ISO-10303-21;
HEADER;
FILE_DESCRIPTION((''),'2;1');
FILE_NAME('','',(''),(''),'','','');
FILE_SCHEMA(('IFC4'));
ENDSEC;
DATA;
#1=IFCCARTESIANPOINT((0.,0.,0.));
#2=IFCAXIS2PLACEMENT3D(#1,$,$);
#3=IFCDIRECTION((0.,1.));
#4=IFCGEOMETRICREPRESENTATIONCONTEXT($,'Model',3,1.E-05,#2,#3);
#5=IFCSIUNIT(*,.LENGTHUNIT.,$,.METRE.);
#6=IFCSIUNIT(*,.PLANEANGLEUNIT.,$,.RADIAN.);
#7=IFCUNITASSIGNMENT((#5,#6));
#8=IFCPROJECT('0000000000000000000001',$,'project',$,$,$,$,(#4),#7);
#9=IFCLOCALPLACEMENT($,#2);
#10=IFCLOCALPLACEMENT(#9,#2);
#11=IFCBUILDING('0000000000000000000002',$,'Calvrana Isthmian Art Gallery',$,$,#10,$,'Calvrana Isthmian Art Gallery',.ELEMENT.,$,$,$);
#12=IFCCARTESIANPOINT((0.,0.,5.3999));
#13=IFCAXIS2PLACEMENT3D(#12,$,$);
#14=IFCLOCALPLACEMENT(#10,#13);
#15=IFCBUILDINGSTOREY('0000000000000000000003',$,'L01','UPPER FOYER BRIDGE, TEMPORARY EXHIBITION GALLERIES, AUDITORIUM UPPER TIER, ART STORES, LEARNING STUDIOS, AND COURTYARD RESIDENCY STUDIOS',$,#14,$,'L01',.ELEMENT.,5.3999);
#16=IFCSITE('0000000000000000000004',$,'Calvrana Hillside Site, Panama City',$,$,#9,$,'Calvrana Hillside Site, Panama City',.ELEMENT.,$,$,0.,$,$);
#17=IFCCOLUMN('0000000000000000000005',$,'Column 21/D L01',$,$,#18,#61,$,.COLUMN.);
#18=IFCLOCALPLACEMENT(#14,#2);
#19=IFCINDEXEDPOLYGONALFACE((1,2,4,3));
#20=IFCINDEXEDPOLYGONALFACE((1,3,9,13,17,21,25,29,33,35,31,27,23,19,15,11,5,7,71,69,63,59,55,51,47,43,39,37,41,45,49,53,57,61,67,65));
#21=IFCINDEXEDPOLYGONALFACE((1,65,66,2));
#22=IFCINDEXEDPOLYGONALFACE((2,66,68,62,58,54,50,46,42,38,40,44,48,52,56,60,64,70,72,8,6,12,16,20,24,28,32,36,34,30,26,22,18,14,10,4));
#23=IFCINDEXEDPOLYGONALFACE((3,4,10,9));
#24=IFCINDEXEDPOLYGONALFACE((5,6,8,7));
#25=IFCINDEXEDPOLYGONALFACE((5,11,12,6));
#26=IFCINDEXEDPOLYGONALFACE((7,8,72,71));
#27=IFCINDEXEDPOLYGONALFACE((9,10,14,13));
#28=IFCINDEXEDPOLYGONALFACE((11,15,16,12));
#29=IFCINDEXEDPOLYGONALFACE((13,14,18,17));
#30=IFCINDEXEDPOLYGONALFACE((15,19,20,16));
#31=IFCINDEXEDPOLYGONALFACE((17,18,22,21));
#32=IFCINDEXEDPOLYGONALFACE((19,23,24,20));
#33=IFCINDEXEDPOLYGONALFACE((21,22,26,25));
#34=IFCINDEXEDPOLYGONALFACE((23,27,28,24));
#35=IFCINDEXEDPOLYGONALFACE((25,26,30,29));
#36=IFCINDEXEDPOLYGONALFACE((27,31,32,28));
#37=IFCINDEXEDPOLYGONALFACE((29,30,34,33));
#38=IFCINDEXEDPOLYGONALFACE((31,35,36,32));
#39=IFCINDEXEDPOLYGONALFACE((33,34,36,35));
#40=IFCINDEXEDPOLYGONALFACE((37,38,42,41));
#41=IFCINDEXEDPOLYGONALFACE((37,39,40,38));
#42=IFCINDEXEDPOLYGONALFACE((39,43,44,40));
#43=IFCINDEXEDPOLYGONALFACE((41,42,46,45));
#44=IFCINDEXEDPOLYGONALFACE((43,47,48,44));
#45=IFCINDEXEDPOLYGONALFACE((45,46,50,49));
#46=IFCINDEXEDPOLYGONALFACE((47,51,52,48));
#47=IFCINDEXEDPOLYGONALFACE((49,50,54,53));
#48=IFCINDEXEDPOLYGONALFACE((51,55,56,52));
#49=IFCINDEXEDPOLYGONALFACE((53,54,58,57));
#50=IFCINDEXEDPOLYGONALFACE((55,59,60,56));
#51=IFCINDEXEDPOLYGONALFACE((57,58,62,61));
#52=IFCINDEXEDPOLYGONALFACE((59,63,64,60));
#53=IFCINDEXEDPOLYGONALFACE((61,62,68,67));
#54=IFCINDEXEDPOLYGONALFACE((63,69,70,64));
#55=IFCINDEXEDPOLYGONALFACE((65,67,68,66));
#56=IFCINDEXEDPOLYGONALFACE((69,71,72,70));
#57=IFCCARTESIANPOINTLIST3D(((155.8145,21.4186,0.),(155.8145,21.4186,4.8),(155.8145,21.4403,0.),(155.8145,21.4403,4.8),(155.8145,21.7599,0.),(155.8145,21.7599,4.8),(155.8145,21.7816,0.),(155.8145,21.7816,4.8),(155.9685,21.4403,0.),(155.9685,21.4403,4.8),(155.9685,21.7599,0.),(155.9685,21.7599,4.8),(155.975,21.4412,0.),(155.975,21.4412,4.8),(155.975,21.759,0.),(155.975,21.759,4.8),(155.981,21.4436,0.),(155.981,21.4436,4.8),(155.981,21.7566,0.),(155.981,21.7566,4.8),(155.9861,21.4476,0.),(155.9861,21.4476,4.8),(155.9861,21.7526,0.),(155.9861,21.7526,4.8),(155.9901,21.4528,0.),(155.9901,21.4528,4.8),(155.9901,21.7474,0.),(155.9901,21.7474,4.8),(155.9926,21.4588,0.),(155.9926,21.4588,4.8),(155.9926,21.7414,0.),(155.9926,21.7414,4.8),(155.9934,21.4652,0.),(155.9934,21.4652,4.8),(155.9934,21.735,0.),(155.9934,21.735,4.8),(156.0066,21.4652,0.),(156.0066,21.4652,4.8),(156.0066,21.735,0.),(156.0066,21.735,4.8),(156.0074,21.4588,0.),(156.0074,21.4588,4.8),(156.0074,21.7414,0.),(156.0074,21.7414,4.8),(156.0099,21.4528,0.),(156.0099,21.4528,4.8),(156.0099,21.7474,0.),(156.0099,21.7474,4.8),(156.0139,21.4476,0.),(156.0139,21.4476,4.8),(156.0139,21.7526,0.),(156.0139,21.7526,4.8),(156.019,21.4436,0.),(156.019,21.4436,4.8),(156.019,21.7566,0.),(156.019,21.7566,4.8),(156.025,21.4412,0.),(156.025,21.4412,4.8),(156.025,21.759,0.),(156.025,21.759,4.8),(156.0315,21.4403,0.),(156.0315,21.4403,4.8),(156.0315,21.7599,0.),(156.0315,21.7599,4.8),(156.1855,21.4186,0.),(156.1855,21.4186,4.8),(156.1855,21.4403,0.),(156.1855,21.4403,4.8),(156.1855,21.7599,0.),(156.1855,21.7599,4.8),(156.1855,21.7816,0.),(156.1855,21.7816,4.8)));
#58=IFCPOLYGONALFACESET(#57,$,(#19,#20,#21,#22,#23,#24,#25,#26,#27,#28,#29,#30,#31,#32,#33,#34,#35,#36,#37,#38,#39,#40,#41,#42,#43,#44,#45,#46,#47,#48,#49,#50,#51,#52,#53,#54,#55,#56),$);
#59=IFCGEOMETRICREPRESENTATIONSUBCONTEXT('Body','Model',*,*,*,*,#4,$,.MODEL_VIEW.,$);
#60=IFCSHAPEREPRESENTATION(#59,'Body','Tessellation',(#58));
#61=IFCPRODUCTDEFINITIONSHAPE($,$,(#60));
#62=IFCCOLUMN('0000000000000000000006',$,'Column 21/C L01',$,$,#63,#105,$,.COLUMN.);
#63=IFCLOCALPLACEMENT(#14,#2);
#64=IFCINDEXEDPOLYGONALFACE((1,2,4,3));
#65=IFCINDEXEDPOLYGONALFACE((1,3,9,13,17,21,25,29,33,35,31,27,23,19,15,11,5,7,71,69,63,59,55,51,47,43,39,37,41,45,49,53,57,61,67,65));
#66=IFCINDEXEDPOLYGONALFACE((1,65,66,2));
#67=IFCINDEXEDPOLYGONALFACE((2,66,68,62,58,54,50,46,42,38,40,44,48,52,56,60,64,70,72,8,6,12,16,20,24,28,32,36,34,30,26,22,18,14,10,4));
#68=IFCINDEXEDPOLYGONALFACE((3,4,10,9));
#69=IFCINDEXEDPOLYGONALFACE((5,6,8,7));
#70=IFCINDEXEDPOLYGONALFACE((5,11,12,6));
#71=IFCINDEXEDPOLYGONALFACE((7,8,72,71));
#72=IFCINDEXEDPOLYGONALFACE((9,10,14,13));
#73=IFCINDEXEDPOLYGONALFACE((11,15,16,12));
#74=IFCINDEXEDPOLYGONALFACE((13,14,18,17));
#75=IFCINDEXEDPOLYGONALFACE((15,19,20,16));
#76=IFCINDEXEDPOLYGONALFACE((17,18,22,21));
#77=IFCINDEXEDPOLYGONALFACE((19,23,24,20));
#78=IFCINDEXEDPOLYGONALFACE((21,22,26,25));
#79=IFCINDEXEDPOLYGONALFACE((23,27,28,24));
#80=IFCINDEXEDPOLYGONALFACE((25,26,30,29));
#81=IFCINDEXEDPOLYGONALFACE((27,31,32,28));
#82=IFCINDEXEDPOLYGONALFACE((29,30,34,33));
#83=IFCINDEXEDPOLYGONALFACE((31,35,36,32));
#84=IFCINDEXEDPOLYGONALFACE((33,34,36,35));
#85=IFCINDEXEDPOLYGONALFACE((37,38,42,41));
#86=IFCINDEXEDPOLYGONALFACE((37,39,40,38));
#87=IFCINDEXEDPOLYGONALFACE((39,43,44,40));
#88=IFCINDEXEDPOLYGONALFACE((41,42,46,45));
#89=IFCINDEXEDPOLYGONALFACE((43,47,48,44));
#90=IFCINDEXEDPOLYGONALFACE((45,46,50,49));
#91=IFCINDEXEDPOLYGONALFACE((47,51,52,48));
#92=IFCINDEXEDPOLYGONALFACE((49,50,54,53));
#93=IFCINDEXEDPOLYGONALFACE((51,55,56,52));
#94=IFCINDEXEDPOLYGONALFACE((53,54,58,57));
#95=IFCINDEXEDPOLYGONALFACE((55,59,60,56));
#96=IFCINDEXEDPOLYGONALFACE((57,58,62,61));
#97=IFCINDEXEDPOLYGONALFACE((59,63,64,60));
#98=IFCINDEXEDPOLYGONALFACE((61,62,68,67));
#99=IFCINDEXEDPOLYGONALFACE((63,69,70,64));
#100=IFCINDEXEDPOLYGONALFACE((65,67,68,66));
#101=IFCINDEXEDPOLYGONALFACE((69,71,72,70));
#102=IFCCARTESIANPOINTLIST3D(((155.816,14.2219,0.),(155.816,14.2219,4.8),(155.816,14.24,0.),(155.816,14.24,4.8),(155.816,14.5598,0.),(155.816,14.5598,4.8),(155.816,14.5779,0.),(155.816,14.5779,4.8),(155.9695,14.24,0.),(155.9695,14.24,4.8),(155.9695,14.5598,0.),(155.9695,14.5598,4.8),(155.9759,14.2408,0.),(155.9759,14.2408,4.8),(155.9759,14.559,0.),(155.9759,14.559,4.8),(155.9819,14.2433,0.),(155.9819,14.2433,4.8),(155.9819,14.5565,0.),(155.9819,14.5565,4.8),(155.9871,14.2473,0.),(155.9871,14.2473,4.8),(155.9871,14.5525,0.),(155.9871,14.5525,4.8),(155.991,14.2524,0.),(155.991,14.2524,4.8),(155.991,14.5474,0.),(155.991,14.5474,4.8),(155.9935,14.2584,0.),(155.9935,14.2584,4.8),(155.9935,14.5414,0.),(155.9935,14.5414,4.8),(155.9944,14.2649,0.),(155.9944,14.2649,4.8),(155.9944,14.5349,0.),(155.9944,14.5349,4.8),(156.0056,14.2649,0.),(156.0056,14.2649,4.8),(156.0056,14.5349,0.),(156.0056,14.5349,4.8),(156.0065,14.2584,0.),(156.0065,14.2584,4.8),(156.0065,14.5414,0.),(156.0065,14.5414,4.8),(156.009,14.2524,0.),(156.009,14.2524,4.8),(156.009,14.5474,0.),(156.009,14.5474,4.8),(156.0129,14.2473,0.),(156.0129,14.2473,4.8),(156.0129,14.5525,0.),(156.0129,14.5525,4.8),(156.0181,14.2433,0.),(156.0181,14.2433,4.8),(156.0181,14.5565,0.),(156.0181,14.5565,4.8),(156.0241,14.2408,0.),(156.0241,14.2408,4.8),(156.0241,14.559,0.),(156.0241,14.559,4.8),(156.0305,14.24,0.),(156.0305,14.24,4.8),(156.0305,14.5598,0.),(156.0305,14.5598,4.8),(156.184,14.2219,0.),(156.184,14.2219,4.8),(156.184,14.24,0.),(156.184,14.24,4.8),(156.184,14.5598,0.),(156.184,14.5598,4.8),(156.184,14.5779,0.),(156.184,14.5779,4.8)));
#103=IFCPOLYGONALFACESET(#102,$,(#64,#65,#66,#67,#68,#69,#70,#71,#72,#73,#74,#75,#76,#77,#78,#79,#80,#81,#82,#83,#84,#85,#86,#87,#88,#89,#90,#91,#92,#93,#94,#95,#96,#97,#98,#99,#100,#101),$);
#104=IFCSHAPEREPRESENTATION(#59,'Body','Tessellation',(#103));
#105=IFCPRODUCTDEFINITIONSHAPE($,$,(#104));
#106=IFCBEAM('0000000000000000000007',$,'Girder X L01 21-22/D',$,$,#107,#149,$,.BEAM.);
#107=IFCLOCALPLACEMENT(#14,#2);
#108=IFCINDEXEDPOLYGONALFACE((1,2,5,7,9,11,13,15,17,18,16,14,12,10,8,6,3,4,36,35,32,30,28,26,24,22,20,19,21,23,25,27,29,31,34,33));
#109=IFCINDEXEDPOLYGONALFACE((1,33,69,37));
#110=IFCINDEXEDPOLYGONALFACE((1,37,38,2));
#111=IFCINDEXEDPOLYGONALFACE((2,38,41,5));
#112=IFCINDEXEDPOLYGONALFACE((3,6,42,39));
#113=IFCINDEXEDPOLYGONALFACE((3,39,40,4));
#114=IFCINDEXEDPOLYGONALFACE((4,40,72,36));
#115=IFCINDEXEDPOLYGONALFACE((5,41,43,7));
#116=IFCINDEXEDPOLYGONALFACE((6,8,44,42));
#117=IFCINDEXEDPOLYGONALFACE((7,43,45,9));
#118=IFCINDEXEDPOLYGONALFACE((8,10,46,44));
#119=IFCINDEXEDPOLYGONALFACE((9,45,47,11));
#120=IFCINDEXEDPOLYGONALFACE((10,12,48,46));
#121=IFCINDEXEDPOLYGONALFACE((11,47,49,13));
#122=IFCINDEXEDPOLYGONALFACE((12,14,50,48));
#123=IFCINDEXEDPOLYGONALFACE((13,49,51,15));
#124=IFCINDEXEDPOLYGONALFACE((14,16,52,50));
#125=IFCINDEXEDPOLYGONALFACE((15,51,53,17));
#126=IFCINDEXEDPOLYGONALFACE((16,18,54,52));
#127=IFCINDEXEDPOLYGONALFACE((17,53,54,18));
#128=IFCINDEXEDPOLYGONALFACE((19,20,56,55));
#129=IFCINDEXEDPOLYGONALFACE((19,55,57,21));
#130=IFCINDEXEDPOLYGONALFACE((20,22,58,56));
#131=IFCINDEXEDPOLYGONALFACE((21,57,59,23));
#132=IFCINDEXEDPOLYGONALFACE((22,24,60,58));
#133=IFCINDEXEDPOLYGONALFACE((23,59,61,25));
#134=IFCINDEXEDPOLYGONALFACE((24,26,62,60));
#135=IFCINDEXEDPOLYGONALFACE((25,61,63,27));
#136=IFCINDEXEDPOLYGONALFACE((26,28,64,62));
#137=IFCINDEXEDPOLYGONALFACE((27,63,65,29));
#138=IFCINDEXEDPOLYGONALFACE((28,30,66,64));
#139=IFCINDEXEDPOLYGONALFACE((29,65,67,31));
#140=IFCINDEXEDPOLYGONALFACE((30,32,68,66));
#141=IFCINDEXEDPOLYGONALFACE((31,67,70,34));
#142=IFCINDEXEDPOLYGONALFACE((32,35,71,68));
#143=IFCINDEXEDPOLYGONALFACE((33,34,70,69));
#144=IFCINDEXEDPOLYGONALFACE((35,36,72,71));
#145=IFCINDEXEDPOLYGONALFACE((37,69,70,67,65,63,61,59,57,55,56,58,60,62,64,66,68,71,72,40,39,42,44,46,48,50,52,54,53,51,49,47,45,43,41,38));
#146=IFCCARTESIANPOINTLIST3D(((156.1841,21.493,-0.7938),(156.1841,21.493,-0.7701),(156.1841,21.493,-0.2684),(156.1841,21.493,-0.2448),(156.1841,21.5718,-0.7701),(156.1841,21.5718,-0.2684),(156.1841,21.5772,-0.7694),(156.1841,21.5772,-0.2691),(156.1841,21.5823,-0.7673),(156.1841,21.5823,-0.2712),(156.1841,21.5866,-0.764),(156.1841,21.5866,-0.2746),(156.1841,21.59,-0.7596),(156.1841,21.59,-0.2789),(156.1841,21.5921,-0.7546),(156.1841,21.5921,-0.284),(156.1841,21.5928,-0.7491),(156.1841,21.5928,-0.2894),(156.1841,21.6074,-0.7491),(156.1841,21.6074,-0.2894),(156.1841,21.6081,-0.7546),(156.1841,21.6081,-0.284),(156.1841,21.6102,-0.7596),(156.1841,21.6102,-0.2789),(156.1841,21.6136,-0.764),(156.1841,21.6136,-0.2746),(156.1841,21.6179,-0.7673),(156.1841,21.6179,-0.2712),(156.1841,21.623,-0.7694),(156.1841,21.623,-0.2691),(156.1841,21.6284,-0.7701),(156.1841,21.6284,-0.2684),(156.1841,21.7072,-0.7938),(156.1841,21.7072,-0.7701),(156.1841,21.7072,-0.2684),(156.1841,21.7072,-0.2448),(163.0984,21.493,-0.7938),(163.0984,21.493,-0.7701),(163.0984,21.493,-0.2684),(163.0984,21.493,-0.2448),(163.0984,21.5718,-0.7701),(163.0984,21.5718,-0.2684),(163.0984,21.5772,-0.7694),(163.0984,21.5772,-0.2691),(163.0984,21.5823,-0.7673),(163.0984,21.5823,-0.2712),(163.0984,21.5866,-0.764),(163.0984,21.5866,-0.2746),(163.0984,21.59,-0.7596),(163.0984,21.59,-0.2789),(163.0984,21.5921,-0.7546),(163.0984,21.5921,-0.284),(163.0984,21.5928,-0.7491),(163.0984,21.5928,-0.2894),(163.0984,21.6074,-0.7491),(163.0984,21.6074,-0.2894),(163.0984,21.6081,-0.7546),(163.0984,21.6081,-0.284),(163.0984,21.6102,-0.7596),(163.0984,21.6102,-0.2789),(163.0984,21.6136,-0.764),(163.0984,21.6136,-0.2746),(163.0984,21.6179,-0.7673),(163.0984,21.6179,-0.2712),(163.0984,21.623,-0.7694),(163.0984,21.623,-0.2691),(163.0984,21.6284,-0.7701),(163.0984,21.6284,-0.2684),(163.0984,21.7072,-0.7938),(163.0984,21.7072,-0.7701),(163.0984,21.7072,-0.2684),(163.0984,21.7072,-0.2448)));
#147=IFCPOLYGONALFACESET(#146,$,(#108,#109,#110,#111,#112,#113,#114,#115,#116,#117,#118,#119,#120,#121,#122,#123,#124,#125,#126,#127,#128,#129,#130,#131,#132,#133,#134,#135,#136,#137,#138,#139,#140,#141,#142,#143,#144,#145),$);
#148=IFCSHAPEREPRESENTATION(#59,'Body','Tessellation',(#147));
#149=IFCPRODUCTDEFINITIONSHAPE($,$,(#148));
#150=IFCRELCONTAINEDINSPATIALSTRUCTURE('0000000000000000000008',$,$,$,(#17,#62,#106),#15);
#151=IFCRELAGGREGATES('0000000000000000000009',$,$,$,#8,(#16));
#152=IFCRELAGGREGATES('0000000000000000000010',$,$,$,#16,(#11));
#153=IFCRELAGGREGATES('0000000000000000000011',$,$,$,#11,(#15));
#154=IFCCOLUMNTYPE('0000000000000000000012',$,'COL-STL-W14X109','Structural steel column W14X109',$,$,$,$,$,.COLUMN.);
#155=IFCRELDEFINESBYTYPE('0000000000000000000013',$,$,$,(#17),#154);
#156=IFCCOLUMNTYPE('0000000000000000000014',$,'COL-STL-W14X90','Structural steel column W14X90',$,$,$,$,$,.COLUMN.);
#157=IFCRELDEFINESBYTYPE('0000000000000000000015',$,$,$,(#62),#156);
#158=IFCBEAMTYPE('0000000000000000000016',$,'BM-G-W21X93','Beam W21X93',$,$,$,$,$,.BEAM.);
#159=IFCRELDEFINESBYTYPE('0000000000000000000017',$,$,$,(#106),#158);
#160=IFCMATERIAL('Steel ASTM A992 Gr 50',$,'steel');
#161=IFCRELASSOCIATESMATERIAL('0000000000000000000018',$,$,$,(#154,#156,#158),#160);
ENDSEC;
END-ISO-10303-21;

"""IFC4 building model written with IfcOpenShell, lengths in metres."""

from ifc_helpers import new_model, si_unit, direction, frame, origin, origin_2d, place, context, subcontext, project, spatial, i_section, extrude, material, material_profile, profile_set, type_object, element, save


model = new_model("IFC4")

# Units and contexts
model_context = context("Model", 3, precision=1e-05, world=origin(), true_north=direction((0.0, 1.0)))
body_context = subcontext(model_context, "Body", "Model", "MODEL_VIEW")
ifc_project = project(units=[si_unit("LENGTHUNIT", "METRE"), si_unit("PLANEANGLEUNIT", "RADIAN")], contexts=[model_context])

# Site, building, storey
site_placement = place(None, origin())
site = spatial("IfcSite", under=ifc_project, at=site_placement, Name="Calvrana Hillside Site, Panama City", LongName="Calvrana Hillside Site, Panama City", CompositionType="ELEMENT", RefElevation=0.0)
building_placement = place(site_placement, origin())
building = spatial("IfcBuilding", under=site, at=building_placement, Name="Calvrana Isthmian Art Gallery", LongName="Calvrana Isthmian Art Gallery", CompositionType="ELEMENT")
storey_placement = place(building_placement, frame((0.0, 0.0, 5.3999)))
storey = spatial("IfcBuildingStorey", under=building, at=storey_placement, Name="L01", Description="UPPER FOYER BRIDGE, TEMPORARY EXHIBITION GALLERIES, AUDITORIUM UPPER TIER, ART STORES, LEARNING STUDIOS, AND COURTYARD RESIDENCY STUDIOS", LongName="L01", CompositionType="ELEMENT", Elevation=5.3999)

# Columns
ifc_material_1 = material(Name="Steel ASTM A992 Gr 50", Category="steel")
ifc_material_profile_1 = material_profile(ifc_material_1, i_section(OverallWidth=0.3711, OverallDepth=0.363, WebThickness=0.0132, FlangeThickness=0.0217, FilletRadius=0.0249, at=origin_2d()), Name="W14X109")
ifc_profile_set_1 = profile_set([ifc_material_profile_1], Name="Steel ASTM A992 Gr 50")
column_type_1 = type_object("IfcColumnType", Name="COL-STL-W14X109", Description="Structural steel column W14X109", PredefinedType="COLUMN", material=ifc_profile_set_1)
column_1_placement = place(storey_placement, frame((156.0, 21.6001, 0.0), z_axis=(0.0, 0.0, 1.0), x_axis=(1.0, 0.0, 0.0)))
element("IfcColumn", 1, at=column_1_placement, inside=storey, type_object=column_type_1, Name="Column 21/D L01", PredefinedType="COLUMN", context=body_context, shape_type="SweptSolid", body=[
    extrude(i_section(OverallWidth=0.3711, OverallDepth=0.363, WebThickness=0.0132, FlangeThickness=0.0217, FilletRadius=0.0249, at=origin_2d()), origin(), (0.0, 0.0, 1.0), 4.8),
])
ifc_material_profile_2 = material_profile(ifc_material_1, i_section(OverallWidth=0.3679, OverallDepth=0.356, WebThickness=0.0112, FlangeThickness=0.0181, FilletRadius=0.0249, at=origin_2d()), Name="W14X90")
ifc_profile_set_2 = profile_set([ifc_material_profile_2], Name="Steel ASTM A992 Gr 50")
column_type_2 = type_object("IfcColumnType", Name="COL-STL-W14X90", Description="Structural steel column W14X90", PredefinedType="COLUMN", material=ifc_profile_set_2)
column_2_placement = place(storey_placement, frame((156.0, 14.3999, 0.0), z_axis=(0.0, 0.0, 1.0), x_axis=(1.0, 0.0, 0.0)))
element("IfcColumn", 2, at=column_2_placement, inside=storey, type_object=column_type_2, Name="Column 21/C L01", PredefinedType="COLUMN", context=body_context, shape_type="SweptSolid", body=[
    extrude(i_section(OverallWidth=0.3679, OverallDepth=0.356, WebThickness=0.0112, FlangeThickness=0.0181, FilletRadius=0.0249, at=origin_2d()), origin(), (0.0, 0.0, 1.0), 4.8),
])

# Beam
ifc_material_profile_3 = material_profile(ifc_material_1, i_section(OverallWidth=0.2141, OverallDepth=0.5491, WebThickness=0.0146, FlangeThickness=0.0237, FilletRadius=0.021, at=origin_2d()), Name="W21X93")
ifc_profile_set_3 = profile_set([ifc_material_profile_3], Name="Steel ASTM A992 Gr 50")
beam_type_1 = type_object("IfcBeamType", Name="BM-G-W21X93", Description="Beam W21X93", PredefinedType="BEAM", material=ifc_profile_set_3)
beam_1_placement = place(storey_placement, frame((156.1841, 21.6001, -0.5193), z_axis=(1.0, 0.0, 0.0), x_axis=(0.0, 1.0, 0.0)))
element("IfcBeam", 3, at=beam_1_placement, inside=storey, type_object=beam_type_1, Name="Girder X L01 21-22/D", PredefinedType="BEAM", context=body_context, shape_type="SweptSolid", body=[
    extrude(i_section(OverallWidth=0.2141, OverallDepth=0.5491, WebThickness=0.0146, FlangeThickness=0.0237, FilletRadius=0.021, at=origin_2d()), origin(), (0.0, 0.0, 1.0), 6.9143),
])

save(model, "model.ifc")
